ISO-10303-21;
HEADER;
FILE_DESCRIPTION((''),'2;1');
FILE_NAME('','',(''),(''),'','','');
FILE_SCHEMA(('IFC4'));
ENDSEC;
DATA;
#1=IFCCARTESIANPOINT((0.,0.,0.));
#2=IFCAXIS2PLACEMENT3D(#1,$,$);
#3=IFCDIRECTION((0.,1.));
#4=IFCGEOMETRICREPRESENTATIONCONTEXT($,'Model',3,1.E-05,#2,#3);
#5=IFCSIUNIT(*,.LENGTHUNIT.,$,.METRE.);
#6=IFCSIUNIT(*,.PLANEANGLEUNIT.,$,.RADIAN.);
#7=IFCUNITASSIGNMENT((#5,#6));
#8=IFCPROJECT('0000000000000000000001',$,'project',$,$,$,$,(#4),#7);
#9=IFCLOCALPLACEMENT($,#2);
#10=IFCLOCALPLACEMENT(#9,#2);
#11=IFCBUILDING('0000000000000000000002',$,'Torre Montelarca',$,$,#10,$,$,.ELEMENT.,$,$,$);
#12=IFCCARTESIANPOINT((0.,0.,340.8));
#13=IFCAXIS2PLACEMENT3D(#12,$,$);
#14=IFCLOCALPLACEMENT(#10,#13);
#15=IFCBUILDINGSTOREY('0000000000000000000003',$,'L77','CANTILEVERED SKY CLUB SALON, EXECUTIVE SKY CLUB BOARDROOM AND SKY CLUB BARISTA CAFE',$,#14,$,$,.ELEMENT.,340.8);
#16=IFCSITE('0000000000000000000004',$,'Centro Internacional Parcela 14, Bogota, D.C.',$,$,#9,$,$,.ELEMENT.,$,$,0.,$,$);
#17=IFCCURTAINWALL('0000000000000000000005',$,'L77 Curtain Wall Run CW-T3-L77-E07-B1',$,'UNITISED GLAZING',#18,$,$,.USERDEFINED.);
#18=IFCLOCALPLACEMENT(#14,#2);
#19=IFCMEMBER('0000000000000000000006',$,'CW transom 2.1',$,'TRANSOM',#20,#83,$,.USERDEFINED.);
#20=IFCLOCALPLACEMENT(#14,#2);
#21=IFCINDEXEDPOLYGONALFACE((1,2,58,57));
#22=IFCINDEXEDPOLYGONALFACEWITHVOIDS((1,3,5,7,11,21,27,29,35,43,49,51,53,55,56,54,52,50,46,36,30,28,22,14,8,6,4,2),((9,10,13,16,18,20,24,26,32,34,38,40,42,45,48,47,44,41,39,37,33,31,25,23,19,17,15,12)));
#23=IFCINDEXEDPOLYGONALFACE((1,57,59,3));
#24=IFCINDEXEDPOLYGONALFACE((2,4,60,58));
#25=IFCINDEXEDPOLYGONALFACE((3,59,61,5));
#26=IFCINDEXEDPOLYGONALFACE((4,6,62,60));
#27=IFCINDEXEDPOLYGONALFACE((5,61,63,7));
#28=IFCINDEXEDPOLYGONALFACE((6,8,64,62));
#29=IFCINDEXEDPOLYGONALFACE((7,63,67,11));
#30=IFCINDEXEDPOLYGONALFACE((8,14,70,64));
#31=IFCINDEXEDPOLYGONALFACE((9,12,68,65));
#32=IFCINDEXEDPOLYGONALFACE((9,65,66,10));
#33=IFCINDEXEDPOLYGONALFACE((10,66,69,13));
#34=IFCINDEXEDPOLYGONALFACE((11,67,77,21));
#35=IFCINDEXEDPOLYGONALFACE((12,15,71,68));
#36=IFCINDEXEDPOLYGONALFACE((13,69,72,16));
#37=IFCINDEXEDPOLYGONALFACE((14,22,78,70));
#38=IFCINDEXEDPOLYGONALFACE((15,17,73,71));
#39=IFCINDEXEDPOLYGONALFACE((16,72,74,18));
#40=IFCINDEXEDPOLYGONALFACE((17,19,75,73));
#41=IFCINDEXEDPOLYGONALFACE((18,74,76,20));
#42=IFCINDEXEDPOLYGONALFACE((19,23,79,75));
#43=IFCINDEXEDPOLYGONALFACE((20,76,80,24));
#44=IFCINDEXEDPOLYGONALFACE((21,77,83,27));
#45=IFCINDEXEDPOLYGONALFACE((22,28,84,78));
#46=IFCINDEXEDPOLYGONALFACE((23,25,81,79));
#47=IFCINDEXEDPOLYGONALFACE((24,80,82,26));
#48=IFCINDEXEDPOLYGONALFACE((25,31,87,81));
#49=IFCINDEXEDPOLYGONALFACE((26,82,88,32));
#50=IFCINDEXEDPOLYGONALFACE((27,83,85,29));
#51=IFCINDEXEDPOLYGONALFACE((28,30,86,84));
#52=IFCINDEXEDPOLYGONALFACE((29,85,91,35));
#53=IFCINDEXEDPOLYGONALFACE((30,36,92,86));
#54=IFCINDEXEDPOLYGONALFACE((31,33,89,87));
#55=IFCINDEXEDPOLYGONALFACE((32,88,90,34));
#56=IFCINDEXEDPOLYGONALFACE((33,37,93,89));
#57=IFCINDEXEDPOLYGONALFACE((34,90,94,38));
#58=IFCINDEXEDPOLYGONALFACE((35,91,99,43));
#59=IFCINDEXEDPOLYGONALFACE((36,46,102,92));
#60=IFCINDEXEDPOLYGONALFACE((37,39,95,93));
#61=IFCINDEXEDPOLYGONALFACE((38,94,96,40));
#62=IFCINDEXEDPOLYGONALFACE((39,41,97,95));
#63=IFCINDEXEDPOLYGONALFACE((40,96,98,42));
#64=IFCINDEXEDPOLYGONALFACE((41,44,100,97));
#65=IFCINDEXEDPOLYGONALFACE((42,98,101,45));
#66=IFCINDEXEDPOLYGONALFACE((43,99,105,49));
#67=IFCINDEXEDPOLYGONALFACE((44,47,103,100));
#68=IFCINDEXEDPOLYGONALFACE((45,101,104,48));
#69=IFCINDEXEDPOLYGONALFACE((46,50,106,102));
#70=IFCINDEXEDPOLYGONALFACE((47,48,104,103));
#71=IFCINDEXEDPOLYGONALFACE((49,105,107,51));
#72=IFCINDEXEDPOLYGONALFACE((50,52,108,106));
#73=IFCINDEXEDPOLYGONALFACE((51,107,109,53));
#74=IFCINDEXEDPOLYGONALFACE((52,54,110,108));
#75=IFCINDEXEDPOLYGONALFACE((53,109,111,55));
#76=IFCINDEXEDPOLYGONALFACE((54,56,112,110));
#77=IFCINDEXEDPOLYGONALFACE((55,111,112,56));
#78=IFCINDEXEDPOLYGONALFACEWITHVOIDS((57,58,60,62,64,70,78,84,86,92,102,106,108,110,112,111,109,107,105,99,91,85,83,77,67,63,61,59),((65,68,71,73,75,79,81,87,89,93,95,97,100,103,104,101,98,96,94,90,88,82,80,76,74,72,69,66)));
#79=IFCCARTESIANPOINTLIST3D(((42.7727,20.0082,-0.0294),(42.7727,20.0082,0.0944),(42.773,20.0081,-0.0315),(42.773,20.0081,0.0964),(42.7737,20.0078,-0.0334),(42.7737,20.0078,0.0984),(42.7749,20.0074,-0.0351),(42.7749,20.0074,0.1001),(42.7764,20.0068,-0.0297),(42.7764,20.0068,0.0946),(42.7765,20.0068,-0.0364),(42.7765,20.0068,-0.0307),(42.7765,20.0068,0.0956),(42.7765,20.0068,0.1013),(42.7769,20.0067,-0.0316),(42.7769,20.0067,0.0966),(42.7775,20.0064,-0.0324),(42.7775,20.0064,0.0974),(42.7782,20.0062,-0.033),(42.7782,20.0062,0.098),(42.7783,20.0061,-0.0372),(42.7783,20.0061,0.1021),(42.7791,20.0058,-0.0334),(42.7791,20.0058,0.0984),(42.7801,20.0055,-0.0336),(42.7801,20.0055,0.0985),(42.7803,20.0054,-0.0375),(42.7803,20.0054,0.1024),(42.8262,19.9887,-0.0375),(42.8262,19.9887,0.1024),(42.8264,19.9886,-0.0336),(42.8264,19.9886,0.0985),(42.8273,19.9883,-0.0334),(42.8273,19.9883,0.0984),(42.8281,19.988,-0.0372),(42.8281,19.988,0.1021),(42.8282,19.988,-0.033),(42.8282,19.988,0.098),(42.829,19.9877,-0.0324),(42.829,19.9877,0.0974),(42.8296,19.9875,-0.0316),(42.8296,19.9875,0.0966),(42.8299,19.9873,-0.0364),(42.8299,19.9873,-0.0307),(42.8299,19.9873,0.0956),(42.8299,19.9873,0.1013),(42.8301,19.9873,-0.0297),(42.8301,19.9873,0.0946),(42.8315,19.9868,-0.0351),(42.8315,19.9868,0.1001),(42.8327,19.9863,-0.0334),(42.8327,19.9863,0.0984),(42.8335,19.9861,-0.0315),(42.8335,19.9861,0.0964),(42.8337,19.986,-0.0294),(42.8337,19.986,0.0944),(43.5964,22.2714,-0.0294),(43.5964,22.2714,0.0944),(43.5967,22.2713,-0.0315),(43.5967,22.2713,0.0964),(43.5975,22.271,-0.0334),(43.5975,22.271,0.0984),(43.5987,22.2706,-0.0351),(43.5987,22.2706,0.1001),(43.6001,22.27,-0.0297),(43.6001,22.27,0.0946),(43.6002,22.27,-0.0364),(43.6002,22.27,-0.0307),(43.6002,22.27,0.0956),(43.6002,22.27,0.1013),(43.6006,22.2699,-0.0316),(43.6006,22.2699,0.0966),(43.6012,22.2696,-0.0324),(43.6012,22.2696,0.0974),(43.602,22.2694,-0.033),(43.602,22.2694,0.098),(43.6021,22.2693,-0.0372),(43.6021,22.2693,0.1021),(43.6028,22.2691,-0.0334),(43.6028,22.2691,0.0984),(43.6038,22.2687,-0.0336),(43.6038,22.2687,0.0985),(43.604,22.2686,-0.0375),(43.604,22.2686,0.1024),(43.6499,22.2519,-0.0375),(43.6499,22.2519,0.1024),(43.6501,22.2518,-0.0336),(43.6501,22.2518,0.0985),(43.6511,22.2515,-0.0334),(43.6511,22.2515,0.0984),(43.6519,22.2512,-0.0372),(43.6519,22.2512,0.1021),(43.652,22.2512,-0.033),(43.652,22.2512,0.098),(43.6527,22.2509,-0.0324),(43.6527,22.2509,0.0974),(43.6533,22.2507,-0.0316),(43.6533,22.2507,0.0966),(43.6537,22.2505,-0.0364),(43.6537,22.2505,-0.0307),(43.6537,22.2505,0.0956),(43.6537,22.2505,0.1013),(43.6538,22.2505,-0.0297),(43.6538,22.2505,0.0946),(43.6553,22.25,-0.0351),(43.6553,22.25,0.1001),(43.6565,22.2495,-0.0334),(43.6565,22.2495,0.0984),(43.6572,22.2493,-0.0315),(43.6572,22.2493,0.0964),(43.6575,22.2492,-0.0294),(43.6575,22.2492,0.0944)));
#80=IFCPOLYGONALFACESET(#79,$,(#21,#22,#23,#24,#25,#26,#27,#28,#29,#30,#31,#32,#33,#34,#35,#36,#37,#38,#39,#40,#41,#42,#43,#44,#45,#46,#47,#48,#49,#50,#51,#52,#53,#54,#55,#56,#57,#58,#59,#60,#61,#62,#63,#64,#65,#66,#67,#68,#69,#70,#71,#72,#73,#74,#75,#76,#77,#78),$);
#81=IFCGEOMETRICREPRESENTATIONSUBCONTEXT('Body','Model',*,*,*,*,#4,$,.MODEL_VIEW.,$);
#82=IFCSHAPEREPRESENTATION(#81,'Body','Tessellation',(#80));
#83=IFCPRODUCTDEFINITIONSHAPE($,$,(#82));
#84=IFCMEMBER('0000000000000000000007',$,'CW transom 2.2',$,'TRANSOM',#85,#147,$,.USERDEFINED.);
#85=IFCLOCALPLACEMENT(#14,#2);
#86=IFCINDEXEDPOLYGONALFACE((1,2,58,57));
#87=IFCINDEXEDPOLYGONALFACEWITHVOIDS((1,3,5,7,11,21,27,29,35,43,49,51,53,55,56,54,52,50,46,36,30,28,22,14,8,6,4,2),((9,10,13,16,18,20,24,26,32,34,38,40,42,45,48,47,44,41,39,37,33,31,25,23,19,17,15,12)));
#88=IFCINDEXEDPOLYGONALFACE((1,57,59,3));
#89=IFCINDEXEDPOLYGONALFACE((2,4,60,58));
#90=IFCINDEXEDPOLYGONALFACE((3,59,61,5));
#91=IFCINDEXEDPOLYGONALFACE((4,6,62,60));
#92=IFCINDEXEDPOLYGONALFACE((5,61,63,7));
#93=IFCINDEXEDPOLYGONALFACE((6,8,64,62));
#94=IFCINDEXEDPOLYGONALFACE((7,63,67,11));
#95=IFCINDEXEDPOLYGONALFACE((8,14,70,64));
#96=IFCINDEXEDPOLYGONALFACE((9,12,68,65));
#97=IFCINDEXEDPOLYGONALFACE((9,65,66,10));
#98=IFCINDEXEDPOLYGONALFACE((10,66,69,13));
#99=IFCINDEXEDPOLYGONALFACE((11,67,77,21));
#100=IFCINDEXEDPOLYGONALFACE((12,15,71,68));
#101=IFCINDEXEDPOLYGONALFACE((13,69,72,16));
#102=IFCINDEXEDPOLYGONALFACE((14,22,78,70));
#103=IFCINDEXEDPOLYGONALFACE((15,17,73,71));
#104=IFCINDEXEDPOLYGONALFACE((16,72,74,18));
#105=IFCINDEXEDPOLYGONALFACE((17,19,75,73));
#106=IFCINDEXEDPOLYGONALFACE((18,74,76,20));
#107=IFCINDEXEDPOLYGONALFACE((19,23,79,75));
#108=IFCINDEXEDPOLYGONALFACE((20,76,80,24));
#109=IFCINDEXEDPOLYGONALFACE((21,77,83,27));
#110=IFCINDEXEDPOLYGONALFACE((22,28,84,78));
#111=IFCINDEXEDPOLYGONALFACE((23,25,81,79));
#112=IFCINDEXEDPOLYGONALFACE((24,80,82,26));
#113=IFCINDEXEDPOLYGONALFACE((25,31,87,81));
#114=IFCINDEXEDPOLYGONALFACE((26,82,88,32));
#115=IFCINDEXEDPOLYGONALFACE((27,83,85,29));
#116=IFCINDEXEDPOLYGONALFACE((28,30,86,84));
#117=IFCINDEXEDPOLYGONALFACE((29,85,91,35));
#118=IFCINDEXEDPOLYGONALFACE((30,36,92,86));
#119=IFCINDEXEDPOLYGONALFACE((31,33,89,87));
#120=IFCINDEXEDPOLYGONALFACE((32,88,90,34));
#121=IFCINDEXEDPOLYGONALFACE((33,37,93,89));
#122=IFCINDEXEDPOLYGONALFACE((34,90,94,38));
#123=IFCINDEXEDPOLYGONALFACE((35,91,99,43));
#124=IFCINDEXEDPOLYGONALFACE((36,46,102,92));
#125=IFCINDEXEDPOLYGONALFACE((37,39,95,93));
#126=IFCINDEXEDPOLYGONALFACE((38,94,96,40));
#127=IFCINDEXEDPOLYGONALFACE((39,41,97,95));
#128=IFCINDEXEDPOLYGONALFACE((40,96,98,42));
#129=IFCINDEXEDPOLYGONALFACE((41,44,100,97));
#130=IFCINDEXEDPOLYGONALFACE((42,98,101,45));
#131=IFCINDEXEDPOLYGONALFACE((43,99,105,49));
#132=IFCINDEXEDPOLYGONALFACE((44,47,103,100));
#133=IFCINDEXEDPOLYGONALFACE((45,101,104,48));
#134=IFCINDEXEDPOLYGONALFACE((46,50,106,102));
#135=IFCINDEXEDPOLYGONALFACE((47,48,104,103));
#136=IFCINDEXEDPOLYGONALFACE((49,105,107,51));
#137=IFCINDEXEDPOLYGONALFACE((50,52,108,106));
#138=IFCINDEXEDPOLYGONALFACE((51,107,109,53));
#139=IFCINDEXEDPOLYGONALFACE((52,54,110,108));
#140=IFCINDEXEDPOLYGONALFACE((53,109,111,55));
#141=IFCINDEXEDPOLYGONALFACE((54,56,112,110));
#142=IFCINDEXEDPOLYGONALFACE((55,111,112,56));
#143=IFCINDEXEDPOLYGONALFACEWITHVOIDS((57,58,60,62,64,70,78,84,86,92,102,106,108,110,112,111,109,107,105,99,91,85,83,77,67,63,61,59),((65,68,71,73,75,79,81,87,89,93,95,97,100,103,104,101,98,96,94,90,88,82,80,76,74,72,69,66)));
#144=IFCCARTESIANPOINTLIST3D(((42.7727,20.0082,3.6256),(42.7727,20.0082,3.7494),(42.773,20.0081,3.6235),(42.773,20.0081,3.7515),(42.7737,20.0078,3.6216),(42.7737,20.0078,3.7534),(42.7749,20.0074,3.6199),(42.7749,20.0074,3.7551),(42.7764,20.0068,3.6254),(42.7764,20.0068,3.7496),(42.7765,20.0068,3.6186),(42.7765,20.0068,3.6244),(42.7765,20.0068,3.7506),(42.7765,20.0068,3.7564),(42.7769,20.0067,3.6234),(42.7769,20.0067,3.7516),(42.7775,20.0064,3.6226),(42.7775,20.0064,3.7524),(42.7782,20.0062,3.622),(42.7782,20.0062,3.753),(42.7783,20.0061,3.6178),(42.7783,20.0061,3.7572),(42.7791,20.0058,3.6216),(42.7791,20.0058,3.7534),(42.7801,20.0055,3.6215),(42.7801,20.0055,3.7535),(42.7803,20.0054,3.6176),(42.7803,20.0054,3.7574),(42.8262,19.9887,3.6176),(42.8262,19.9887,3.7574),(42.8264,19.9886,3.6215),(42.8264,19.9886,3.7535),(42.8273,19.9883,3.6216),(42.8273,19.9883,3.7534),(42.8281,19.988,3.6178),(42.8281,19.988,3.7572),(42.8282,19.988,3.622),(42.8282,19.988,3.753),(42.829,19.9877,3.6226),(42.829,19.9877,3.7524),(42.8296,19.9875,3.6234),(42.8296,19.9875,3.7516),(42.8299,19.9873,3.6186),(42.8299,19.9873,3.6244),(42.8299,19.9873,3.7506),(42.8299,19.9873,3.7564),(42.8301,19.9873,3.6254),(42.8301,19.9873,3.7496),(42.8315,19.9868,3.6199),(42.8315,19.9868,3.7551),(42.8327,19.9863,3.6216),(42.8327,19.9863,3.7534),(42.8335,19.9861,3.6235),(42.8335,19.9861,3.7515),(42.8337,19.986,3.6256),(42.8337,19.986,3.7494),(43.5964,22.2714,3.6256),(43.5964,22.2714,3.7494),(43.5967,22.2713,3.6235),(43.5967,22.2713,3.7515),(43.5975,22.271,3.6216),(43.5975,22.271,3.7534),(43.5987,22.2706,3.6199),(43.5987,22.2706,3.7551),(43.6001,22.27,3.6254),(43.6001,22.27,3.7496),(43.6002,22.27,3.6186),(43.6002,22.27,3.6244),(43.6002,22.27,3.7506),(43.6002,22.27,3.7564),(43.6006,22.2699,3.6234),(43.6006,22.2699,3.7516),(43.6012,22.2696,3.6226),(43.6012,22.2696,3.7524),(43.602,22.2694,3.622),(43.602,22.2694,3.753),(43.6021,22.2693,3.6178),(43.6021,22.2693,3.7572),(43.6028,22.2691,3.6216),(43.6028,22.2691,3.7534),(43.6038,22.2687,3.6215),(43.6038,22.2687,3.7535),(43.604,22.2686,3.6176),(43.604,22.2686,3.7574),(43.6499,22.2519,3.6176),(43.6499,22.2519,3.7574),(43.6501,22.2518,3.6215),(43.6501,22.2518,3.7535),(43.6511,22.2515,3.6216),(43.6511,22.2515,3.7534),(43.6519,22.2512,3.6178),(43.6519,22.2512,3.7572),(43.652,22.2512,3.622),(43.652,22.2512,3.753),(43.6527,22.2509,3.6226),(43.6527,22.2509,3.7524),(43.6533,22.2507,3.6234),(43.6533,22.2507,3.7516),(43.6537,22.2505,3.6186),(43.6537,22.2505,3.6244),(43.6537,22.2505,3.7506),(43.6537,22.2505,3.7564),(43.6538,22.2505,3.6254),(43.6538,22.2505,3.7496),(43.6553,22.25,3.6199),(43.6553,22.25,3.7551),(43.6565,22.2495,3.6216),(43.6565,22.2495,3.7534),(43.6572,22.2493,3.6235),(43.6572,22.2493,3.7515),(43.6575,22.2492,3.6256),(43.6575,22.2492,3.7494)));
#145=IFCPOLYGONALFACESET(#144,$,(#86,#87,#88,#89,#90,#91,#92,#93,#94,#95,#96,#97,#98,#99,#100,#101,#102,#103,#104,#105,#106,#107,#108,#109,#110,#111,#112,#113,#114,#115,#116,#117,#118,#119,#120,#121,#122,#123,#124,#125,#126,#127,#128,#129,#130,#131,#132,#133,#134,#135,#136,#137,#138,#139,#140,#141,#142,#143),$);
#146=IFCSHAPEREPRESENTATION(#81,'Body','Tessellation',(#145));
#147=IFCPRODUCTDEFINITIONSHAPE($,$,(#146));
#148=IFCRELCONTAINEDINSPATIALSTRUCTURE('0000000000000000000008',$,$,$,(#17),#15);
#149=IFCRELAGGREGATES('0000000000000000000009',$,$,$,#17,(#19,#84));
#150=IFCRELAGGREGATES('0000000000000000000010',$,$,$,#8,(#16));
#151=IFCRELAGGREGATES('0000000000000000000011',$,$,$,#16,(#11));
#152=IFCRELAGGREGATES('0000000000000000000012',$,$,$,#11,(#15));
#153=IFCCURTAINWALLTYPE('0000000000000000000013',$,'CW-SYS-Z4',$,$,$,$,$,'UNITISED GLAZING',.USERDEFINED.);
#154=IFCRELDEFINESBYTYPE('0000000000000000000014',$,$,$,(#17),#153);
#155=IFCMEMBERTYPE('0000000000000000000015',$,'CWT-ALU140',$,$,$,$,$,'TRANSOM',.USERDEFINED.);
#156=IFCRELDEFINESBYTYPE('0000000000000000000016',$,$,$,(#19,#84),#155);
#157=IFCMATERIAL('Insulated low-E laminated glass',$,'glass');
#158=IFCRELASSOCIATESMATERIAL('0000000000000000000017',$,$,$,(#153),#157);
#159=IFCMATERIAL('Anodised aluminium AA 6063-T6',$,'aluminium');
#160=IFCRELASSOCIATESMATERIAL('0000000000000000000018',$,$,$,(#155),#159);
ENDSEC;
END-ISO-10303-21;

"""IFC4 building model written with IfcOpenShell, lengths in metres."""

from ifc_helpers import new_model, si_unit, direction, frame, origin, origin_2d, place, context, subcontext, project, spatial, hollow_rectangle, extrude, source, transform, mapped, material, material_profile, profile_set, type_object, element, aggregate, save


model = new_model("IFC4")

# Units and contexts
model_context = context("Model", 3, precision=1e-05, world=origin(), true_north=direction((0.0, 1.0)))
body_context = subcontext(model_context, "Body", "Model", "MODEL_VIEW")
ifc_project = project(units=[si_unit("LENGTHUNIT", "METRE"), si_unit("PLANEANGLEUNIT", "RADIAN")], contexts=[model_context])

# Site, building, storey
site_placement = place(None, origin())
site = spatial("IfcSite", under=ifc_project, at=site_placement, Name="Centro Internacional Parcela 14, Bogota, D.C.", CompositionType="ELEMENT", RefElevation=0.0)
building_placement = place(site_placement, origin())
building = spatial("IfcBuilding", under=site, at=building_placement, Name="Torre Montelarca", CompositionType="ELEMENT")
storey_placement = place(building_placement, frame((0.0, 0.0, 340.8)))
storey = spatial("IfcBuildingStorey", under=building, at=storey_placement, Name="L77", Description="CANTILEVERED SKY CLUB SALON, EXECUTIVE SKY CLUB BOARDROOM AND SKY CLUB BARISTA CAFE", CompositionType="ELEMENT", Elevation=340.8)

# Curtain wall
ifc_material_1 = material(Name="Insulated low-E laminated glass", Category="glass")
curtain_wall_type = type_object("IfcCurtainWallType", Name="CW-SYS-Z4", ElementType="UNITISED GLAZING", PredefinedType="USERDEFINED", material=ifc_material_1)
ifc_material_2 = material(Name="Anodised aluminium AA 6063-T6", Category="aluminium")
curtain_wall_1_placement = place(storey_placement, origin())
curtain_wall_1 = element("IfcCurtainWall", 1, at=curtain_wall_1_placement, inside=storey, type_object=curtain_wall_type, Name="L77 Curtain Wall Run CW-T3-L77-E07-B1", ObjectType="UNITISED GLAZING", PredefinedType="USERDEFINED")

# Members
ifc_material_profile_1 = material_profile(ifc_material_2, hollow_rectangle(XDim=0.0649, YDim=0.1399, WallThickness=0.0039, InnerFilletRadius=0.0039, OuterFilletRadius=0.0081, at=origin_2d()), Name="ALU65X140X4", Category="aluminium")
ifc_profile_set_1 = profile_set([ifc_material_profile_1], Name="Anodised aluminium AA 6063-T6")
member_type_1 = type_object("IfcMemberType", Name="CWT-ALU140", ElementType="TRANSOM", PredefinedType="USERDEFINED", material=ifc_profile_set_1)
shared_shape_1 = source(origin(), body_context, "Body", "SweptSolid", [
    extrude(hollow_rectangle(XDim=0.0649, YDim=0.1399, WallThickness=0.0039, InnerFilletRadius=0.0039, OuterFilletRadius=0.0081, at=origin_2d()), origin(), (0.0, 0.0, 1.0), 2.4084),
])
member_1_placement = place(storey_placement, frame((42.8032, 19.9971, 0.0325), z_axis=(0.34202, 0.939693, 0.0), x_axis=(-0.939693, 0.34202, 0.0)))
member_1 = element("IfcMember", 2, at=member_1_placement, type_object=member_type_1, Name="CW transom 2.1", ObjectType="TRANSOM", PredefinedType="USERDEFINED", context=body_context, shape_type="MappedRepresentation", body=[
    mapped(shared_shape_1, transform((0.0, 0.0, 0.0), scale=1.0)),
])
member_2_placement = place(storey_placement, frame((42.8032, 19.9971, 3.6875), z_axis=(0.34202, 0.939693, 0.0), x_axis=(-0.939693, 0.34202, 0.0)))
member_2 = element("IfcMember", 3, at=member_2_placement, type_object=member_type_1, Name="CW transom 2.2", ObjectType="TRANSOM", PredefinedType="USERDEFINED", context=body_context, shape_type="MappedRepresentation", body=[
    mapped(shared_shape_1, transform((0.0, 0.0, 0.0), scale=1.0)),
])

aggregate(curtain_wall_1, [member_1, member_2])

save(model, "model.ifc")
